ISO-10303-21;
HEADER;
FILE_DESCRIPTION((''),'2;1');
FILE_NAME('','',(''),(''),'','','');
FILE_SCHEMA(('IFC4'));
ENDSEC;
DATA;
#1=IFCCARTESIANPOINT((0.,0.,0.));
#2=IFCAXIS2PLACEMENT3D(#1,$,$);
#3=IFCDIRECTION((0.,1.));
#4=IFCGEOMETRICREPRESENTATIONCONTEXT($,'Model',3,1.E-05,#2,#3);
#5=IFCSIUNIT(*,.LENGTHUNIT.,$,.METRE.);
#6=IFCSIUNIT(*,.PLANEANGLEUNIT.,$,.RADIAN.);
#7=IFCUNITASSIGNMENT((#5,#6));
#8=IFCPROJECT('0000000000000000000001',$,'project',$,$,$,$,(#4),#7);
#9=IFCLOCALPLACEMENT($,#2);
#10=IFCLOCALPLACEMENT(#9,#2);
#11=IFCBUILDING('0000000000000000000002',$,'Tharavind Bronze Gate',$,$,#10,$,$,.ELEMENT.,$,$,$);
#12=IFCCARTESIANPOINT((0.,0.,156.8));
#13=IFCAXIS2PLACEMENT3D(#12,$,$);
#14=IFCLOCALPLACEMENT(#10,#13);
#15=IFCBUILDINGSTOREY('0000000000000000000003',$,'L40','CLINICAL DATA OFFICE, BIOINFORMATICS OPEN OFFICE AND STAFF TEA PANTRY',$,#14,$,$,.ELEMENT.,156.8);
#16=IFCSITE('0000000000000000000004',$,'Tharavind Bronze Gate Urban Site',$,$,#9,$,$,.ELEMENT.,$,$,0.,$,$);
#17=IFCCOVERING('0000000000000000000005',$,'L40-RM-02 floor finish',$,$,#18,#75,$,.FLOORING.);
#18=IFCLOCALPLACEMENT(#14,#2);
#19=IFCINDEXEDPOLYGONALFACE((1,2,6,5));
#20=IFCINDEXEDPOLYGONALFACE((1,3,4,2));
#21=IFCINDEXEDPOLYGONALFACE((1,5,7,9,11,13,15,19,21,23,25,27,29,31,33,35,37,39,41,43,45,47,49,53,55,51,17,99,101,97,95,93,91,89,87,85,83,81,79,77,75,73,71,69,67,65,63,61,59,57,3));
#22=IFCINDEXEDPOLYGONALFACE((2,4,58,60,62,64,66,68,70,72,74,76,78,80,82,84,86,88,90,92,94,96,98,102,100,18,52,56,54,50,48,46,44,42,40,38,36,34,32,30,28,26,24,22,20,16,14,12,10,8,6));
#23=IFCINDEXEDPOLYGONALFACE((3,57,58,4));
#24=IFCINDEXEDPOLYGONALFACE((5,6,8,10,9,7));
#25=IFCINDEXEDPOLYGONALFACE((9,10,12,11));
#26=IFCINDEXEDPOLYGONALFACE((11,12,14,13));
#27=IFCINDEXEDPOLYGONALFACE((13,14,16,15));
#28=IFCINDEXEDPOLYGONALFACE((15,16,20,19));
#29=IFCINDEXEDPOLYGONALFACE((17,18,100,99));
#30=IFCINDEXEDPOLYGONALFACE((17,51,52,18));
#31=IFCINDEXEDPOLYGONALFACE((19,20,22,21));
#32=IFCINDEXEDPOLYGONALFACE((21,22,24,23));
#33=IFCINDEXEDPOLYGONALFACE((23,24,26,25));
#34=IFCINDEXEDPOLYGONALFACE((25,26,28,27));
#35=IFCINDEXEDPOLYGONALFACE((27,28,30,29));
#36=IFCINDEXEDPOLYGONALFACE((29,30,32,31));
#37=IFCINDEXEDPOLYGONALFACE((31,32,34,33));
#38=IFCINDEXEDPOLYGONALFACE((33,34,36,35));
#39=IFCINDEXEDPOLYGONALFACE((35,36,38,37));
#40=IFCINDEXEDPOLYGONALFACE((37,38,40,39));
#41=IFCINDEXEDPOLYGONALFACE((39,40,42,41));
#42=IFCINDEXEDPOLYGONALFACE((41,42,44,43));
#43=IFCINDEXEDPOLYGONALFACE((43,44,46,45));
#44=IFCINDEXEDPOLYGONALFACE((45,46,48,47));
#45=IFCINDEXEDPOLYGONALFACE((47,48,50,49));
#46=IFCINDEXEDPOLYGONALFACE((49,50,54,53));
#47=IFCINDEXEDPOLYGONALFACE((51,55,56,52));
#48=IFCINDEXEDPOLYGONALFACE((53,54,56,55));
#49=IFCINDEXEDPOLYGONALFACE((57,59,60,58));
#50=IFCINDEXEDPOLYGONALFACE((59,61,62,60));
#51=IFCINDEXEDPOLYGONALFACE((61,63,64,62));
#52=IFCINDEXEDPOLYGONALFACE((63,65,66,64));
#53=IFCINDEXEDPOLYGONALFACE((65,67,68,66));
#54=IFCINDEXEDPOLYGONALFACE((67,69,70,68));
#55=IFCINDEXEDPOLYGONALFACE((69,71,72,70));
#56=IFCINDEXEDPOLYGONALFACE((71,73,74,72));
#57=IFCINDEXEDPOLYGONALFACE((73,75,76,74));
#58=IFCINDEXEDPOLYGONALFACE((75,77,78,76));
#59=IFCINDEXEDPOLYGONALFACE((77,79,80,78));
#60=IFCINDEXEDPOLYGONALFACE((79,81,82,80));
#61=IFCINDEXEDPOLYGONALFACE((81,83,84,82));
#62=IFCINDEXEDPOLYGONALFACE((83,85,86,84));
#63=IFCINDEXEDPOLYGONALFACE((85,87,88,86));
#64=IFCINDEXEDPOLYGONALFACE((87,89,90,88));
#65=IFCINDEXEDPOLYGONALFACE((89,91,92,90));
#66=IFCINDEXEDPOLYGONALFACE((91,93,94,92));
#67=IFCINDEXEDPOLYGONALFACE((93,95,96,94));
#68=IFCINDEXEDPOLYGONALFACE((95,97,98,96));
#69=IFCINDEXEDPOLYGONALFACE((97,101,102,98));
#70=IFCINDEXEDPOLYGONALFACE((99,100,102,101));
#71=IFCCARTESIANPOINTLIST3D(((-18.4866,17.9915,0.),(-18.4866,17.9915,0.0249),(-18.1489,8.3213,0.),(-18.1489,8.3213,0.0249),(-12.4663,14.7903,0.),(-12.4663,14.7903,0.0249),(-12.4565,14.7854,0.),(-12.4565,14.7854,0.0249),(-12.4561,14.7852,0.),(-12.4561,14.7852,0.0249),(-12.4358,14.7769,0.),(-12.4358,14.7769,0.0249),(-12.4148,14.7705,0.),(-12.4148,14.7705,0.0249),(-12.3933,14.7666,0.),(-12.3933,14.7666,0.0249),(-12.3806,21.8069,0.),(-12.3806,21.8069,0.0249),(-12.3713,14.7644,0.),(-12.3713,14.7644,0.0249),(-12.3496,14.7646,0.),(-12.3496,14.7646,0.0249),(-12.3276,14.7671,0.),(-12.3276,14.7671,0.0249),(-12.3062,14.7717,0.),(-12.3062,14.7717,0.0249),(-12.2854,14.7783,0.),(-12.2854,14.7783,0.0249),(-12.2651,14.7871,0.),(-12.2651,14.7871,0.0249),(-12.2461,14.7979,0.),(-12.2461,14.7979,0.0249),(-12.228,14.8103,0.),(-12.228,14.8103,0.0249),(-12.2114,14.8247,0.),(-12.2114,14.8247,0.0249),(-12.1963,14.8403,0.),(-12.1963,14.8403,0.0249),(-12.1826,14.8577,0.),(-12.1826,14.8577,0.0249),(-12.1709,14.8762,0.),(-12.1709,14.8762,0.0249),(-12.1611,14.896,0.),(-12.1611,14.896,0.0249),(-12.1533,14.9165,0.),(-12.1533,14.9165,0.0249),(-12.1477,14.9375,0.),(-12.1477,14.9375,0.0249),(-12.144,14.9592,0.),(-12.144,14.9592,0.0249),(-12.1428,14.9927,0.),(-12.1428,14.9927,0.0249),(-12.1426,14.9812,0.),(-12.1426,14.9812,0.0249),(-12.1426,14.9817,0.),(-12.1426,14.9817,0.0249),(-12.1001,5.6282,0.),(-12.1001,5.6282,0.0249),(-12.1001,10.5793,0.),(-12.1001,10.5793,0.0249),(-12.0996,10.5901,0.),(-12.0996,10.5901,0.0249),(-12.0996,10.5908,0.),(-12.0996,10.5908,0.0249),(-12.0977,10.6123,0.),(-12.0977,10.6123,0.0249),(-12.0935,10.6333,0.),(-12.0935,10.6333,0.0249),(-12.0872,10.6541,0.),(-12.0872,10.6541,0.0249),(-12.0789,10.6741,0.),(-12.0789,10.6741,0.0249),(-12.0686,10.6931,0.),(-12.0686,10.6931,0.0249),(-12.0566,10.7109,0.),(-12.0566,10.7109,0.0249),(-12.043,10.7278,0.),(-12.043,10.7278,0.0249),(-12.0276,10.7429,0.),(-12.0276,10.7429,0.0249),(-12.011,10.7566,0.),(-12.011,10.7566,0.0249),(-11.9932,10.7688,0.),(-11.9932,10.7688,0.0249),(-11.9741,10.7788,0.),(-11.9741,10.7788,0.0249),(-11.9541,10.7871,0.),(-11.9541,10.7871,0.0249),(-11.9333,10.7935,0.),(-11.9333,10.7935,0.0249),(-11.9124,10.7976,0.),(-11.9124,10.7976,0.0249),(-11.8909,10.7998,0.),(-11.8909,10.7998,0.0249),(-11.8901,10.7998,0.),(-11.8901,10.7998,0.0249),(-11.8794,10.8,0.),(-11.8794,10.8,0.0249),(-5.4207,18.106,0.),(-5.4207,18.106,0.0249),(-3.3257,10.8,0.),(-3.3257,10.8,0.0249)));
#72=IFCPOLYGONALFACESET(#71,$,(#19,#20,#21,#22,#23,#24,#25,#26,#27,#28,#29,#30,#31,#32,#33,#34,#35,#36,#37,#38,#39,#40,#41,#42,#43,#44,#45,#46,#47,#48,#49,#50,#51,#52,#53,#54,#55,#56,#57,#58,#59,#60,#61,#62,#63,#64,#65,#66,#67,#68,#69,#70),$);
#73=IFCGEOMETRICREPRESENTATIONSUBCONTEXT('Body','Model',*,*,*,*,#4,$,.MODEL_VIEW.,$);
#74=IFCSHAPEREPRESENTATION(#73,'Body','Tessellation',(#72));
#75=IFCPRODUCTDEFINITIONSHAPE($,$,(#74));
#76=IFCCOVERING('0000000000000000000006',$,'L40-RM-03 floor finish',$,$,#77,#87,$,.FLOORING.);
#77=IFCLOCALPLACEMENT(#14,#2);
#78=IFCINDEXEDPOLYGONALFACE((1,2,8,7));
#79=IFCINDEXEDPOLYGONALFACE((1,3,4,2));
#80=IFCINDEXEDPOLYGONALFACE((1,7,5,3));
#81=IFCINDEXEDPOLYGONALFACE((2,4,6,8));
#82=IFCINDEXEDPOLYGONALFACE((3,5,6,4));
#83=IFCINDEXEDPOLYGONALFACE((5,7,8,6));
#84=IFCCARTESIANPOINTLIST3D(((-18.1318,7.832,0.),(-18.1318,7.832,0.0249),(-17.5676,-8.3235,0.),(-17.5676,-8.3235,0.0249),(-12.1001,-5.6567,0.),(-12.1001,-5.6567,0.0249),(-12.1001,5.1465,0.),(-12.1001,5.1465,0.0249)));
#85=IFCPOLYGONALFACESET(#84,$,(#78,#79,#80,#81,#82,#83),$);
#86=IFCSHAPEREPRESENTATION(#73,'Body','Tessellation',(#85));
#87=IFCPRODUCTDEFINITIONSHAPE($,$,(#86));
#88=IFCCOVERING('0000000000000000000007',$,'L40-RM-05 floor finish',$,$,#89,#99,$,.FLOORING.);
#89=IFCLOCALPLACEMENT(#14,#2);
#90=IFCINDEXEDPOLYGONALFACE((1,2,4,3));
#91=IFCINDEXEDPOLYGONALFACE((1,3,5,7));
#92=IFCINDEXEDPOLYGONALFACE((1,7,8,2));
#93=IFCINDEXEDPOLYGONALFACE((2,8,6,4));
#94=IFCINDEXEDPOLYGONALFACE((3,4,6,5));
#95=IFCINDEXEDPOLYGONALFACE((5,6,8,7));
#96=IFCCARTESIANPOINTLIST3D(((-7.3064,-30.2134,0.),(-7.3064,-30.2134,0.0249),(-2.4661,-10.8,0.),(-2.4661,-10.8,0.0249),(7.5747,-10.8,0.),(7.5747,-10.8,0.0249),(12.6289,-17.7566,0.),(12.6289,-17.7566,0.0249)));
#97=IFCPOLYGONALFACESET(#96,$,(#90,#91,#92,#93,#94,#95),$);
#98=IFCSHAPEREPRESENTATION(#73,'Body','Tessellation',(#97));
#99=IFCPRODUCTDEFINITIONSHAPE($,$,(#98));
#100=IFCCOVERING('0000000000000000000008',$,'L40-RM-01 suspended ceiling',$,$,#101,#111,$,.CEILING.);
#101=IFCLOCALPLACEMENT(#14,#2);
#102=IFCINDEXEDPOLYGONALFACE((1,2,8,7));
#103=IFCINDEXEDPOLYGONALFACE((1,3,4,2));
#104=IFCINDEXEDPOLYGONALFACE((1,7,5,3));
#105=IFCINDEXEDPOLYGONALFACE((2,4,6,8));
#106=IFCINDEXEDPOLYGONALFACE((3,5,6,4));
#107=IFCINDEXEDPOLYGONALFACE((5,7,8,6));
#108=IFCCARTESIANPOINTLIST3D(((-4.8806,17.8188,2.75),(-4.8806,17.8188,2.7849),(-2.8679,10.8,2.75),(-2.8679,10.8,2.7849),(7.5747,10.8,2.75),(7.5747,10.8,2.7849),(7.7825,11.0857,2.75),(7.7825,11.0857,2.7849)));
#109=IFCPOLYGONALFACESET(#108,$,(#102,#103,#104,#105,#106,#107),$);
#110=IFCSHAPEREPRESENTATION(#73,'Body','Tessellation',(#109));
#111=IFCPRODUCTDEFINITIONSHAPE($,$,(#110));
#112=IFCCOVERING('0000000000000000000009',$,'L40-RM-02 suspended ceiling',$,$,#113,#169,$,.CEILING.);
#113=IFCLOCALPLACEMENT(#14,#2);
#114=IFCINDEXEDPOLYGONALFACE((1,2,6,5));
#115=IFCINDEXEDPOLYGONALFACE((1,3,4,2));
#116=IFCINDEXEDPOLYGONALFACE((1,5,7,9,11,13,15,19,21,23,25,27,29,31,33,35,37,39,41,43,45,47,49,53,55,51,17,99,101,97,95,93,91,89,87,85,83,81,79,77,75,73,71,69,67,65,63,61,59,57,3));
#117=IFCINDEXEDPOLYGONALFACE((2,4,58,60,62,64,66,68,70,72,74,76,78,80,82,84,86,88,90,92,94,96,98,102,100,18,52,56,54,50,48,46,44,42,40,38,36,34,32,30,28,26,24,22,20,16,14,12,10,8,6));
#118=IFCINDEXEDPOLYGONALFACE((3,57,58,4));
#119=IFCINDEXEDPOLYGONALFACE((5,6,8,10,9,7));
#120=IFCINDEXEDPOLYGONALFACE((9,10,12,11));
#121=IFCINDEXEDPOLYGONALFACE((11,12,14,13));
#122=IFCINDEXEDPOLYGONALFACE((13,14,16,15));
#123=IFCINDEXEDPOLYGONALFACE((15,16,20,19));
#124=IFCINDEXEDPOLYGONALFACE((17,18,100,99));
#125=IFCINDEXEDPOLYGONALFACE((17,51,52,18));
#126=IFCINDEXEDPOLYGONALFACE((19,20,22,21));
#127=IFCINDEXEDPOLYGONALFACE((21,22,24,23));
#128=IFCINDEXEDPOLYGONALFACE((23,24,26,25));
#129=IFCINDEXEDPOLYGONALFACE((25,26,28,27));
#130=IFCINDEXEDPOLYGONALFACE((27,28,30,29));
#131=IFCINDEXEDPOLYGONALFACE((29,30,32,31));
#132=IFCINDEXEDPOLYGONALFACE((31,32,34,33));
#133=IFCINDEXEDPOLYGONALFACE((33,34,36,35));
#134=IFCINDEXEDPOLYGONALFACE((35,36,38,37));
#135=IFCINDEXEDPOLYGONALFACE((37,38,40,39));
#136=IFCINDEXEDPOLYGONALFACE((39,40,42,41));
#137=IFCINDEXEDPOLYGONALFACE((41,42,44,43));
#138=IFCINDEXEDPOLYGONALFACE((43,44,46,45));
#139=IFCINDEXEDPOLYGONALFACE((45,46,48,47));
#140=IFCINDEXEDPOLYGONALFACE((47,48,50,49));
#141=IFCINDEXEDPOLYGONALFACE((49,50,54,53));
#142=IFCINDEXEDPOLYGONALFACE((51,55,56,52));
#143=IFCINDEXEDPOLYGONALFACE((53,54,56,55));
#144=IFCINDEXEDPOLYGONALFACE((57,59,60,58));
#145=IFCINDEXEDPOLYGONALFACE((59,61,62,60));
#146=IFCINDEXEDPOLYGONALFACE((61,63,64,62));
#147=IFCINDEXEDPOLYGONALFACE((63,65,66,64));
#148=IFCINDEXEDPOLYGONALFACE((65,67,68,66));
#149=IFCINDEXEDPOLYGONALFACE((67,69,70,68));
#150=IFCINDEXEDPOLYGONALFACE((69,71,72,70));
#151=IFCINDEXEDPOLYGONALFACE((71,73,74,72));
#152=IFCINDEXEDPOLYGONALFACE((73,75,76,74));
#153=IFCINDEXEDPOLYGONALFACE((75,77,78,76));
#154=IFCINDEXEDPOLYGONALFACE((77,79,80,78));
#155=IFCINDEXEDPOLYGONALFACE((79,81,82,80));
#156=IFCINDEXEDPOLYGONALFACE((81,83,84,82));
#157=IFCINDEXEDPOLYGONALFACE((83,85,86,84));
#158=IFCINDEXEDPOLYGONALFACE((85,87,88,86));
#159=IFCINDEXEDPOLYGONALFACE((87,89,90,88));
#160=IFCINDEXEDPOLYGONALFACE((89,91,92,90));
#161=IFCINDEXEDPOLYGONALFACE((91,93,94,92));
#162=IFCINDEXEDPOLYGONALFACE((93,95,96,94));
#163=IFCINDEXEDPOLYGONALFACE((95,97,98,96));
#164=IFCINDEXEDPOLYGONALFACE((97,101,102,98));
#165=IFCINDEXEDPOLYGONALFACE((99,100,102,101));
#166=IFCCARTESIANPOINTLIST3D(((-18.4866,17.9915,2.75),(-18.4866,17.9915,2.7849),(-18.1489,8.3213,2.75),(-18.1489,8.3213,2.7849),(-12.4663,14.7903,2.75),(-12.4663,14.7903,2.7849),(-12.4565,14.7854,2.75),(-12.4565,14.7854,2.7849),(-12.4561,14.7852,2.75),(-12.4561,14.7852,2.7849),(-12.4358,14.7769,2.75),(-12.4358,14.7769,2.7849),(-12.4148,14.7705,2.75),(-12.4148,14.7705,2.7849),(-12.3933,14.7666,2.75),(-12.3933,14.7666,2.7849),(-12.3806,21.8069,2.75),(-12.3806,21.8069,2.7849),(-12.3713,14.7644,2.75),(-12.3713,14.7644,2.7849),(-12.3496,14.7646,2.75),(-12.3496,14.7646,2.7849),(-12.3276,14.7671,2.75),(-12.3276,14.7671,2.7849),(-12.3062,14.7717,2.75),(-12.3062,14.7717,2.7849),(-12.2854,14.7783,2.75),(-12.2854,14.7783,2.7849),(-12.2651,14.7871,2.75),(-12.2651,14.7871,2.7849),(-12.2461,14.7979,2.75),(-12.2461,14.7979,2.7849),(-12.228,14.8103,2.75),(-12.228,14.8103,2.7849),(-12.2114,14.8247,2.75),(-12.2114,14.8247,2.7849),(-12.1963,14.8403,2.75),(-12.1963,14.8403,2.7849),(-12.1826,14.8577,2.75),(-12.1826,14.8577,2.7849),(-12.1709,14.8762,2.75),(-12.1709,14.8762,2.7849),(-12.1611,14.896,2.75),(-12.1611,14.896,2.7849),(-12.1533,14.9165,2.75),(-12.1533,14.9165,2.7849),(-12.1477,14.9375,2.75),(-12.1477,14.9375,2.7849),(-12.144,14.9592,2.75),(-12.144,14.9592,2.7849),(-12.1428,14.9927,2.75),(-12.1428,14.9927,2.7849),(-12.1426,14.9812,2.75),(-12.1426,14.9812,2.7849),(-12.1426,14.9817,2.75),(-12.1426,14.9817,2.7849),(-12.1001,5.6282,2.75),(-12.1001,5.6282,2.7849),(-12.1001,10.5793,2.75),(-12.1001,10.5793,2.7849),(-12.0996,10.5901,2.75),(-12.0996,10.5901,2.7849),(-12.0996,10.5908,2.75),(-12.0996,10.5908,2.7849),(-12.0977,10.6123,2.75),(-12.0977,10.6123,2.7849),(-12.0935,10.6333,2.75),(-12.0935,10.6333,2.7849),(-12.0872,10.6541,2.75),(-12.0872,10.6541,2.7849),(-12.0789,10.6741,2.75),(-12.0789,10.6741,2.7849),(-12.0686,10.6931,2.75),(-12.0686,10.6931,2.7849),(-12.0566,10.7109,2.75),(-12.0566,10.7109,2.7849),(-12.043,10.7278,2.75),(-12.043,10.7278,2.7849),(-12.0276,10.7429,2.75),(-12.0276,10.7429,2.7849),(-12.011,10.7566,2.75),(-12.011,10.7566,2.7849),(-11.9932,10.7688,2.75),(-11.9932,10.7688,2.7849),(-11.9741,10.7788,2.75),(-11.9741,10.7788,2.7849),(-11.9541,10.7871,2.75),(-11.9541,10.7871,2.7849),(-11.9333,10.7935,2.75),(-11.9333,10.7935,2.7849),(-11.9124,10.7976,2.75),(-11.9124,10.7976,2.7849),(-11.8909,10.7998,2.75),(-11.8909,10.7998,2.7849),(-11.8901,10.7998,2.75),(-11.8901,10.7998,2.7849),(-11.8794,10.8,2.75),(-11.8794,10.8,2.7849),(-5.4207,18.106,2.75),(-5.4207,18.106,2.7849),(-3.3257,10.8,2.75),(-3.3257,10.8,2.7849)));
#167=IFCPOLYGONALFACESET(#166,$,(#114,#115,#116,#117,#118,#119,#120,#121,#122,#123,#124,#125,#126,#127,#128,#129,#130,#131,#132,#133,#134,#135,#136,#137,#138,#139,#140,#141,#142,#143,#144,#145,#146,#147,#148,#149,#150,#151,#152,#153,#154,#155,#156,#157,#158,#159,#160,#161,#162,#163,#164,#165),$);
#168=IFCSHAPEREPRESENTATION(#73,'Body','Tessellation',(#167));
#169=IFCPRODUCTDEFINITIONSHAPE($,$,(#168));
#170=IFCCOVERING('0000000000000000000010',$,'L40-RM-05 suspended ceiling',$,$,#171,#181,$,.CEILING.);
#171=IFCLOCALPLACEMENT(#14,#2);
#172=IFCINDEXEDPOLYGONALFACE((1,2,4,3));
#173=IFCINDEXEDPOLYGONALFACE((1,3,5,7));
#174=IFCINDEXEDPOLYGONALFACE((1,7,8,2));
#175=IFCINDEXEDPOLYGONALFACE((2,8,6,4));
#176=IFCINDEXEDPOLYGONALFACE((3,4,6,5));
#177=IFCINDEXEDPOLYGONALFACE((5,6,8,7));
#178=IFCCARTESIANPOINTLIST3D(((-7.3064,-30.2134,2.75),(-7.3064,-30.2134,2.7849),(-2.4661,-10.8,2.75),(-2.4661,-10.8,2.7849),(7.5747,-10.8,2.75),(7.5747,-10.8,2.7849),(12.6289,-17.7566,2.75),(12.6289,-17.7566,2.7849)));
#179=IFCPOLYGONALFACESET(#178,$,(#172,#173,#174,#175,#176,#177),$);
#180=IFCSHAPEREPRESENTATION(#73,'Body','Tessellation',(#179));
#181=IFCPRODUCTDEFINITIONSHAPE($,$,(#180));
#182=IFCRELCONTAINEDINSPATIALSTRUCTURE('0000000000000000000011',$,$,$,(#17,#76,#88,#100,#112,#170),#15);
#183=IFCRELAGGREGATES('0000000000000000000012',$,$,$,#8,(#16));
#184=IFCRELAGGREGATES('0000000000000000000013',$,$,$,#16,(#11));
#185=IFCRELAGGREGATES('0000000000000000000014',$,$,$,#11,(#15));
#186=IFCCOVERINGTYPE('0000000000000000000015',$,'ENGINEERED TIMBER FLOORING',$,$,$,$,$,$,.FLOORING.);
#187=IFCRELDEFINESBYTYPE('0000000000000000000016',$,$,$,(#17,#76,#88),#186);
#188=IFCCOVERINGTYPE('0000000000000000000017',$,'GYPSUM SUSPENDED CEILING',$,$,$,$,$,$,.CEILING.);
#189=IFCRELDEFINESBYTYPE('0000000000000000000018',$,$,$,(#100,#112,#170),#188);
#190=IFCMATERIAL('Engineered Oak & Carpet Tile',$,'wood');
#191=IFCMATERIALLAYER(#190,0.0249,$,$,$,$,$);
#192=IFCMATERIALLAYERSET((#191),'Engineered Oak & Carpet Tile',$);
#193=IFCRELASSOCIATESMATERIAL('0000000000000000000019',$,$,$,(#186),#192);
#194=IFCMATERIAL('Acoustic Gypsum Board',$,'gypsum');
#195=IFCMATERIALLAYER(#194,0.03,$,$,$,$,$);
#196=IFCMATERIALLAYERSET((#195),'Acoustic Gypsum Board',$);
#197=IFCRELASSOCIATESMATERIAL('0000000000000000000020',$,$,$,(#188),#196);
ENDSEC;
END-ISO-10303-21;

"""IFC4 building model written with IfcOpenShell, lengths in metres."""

from ifc_helpers import new_model, si_unit, direction, frame, origin, place, context, subcontext, project, spatial, polyline, outline, extrude, material, layer, layer_set, type_object, element, save


model = new_model("IFC4")

# Units and contexts
model_context = context("Model", 3, precision=1e-05, world=origin(), true_north=direction((0.0, 1.0)))
body_context = subcontext(model_context, "Body", "Model", "MODEL_VIEW")
ifc_project = project(units=[si_unit("LENGTHUNIT", "METRE"), si_unit("PLANEANGLEUNIT", "RADIAN")], contexts=[model_context])

# Site, building, storey
site_placement = place(None, origin())
site = spatial("IfcSite", under=ifc_project, at=site_placement, Name="Tharavind Bronze Gate Urban Site", CompositionType="ELEMENT", RefElevation=0.0)
building_placement = place(site_placement, origin())
building = spatial("IfcBuilding", under=site, at=building_placement, Name="Tharavind Bronze Gate", CompositionType="ELEMENT")
storey_placement = place(building_placement, frame((0.0, 0.0, 156.8)))
storey = spatial("IfcBuildingStorey", under=building, at=storey_placement, Name="L40", Description="CLINICAL DATA OFFICE, BIOINFORMATICS OPEN OFFICE AND STAFF TEA PANTRY", CompositionType="ELEMENT", Elevation=156.8)

# Coverings
ifc_material_1 = material(Name="Engineered Oak & Carpet Tile", Category="wood")
ifc_layer_1 = layer(ifc_material_1, 0.0249)
ifc_layer_set_1 = layer_set([ifc_layer_1], Name="Engineered Oak & Carpet Tile")
covering_type_1 = type_object("IfcCoveringType", Name="ENGINEERED TIMBER FLOORING", PredefinedType="FLOORING", material=ifc_layer_set_1)
covering_1_placement = place(storey_placement, origin())
element("IfcCovering", 1, at=covering_1_placement, inside=storey, type_object=covering_type_1, Name="L40-RM-02 floor finish", PredefinedType="FLOORING", context=body_context, shape_type="SweptSolid", body=[
    extrude(outline(polyline([(-18.1489, 8.3213), (-12.1001, 5.6282), (-12.1001, 10.5793), (-12.0996, 10.5901), (-12.0996, 10.5908), (-12.0977, 10.6123), (-12.0935, 10.6333), (-12.0872, 10.6541), (-12.0789, 10.6741), (-12.0686, 10.6931), (-12.0566, 10.7109), (-12.043, 10.7278), (-12.0276, 10.7429), (-12.011, 10.7566), (-11.9932, 10.7688), (-11.9741, 10.7788), (-11.9541, 10.7871), (-11.9333, 10.7935), (-11.9124, 10.7976), (-11.8909, 10.7998), (-11.8901, 10.7998), (-11.8794, 10.8), (-3.3257, 10.8), (-5.4207, 18.106), (-12.3806, 21.8069), (-12.1428, 14.9927), (-12.1426, 14.9817), (-12.1426, 14.9812), (-12.144, 14.9592), (-12.1477, 14.9375), (-12.1533, 14.9165), (-12.1611, 14.896), (-12.1709, 14.8762), (-12.1826, 14.8577), (-12.1963, 14.8403), (-12.2114, 14.8247), (-12.228, 14.8103), (-12.2461, 14.7979), (-12.2651, 14.7871), (-12.2854, 14.7783), (-12.3062, 14.7717), (-12.3276, 14.7671), (-12.3496, 14.7646), (-12.3713, 14.7644), (-12.3933, 14.7666), (-12.4148, 14.7705), (-12.4358, 14.7769), (-12.4561, 14.7852), (-12.4565, 14.7854), (-12.4663, 14.7903), (-18.4866, 17.9915), (-18.1489, 8.3213)])), origin(), (0.0, 0.0, 1.0), 0.0249),
])
covering_2_placement = place(storey_placement, origin())
element("IfcCovering", 2, at=covering_2_placement, inside=storey, type_object=covering_type_1, Name="L40-RM-03 floor finish", PredefinedType="FLOORING", context=body_context, shape_type="SweptSolid", body=[
    extrude(outline(polyline([(-17.5676, -8.3235), (-12.1001, -5.6567), (-12.1001, 5.1465), (-18.1318, 7.832), (-17.5676, -8.3235)])), origin(), (0.0, 0.0, 1.0), 0.0249),
])
covering_3_placement = place(storey_placement, origin())
element("IfcCovering", 3, at=covering_3_placement, inside=storey, type_object=covering_type_1, Name="L40-RM-05 floor finish", PredefinedType="FLOORING", context=body_context, shape_type="SweptSolid", body=[
    extrude(outline(polyline([(12.6289, -17.7566), (7.5747, -10.8), (-2.4661, -10.8), (-7.3064, -30.2134), (12.6289, -17.7566)])), origin(), (0.0, 0.0, 1.0), 0.0249),
])
ifc_material_2 = material(Name="Acoustic Gypsum Board", Category="gypsum")
ifc_layer_2 = layer(ifc_material_2, 0.03)
ifc_layer_set_2 = layer_set([ifc_layer_2], Name="Acoustic Gypsum Board")
covering_type_2 = type_object("IfcCoveringType", Name="GYPSUM SUSPENDED CEILING", PredefinedType="CEILING", material=ifc_layer_set_2)
covering_4_placement = place(storey_placement, frame((0.0, 0.0, 2.75)))
element("IfcCovering", 4, at=covering_4_placement, inside=storey, type_object=covering_type_2, Name="L40-RM-01 suspended ceiling", PredefinedType="CEILING", context=body_context, shape_type="SweptSolid", body=[
    extrude(outline(polyline([(-2.8679, 10.8), (7.5747, 10.8), (7.7825, 11.0857), (-4.8806, 17.8188), (-2.8679, 10.8)])), origin(), (0.0, 0.0, 1.0), 0.0349),
])
covering_5_placement = place(storey_placement, frame((0.0, 0.0, 2.75)))
element("IfcCovering", 5, at=covering_5_placement, inside=storey, type_object=covering_type_2, Name="L40-RM-02 suspended ceiling", PredefinedType="CEILING", context=body_context, shape_type="SweptSolid", body=[
    extrude(outline(polyline([(-18.1489, 8.3213), (-12.1001, 5.6282), (-12.1001, 10.5793), (-12.0996, 10.5901), (-12.0996, 10.5908), (-12.0977, 10.6123), (-12.0935, 10.6333), (-12.0872, 10.6541), (-12.0789, 10.6741), (-12.0686, 10.6931), (-12.0566, 10.7109), (-12.043, 10.7278), (-12.0276, 10.7429), (-12.011, 10.7566), (-11.9932, 10.7688), (-11.9741, 10.7788), (-11.9541, 10.7871), (-11.9333, 10.7935), (-11.9124, 10.7976), (-11.8909, 10.7998), (-11.8901, 10.7998), (-11.8794, 10.8), (-3.3257, 10.8), (-5.4207, 18.106), (-12.3806, 21.8069), (-12.1428, 14.9927), (-12.1426, 14.9817), (-12.1426, 14.9812), (-12.144, 14.9592), (-12.1477, 14.9375), (-12.1533, 14.9165), (-12.1611, 14.896), (-12.1709, 14.8762), (-12.1826, 14.8577), (-12.1963, 14.8403), (-12.2114, 14.8247), (-12.228, 14.8103), (-12.2461, 14.7979), (-12.2651, 14.7871), (-12.2854, 14.7783), (-12.3062, 14.7717), (-12.3276, 14.7671), (-12.3496, 14.7646), (-12.3713, 14.7644), (-12.3933, 14.7666), (-12.4148, 14.7705), (-12.4358, 14.7769), (-12.4561, 14.7852), (-12.4565, 14.7854), (-12.4663, 14.7903), (-18.4866, 17.9915), (-18.1489, 8.3213)])), origin(), (0.0, 0.0, 1.0), 0.0349),
])
covering_6_placement = place(storey_placement, frame((0.0, 0.0, 2.75)))
element("IfcCovering", 6, at=covering_6_placement, inside=storey, type_object=covering_type_2, Name="L40-RM-05 suspended ceiling", PredefinedType="CEILING", context=body_context, shape_type="SweptSolid", body=[
    extrude(outline(polyline([(12.6289, -17.7566), (7.5747, -10.8), (-2.4661, -10.8), (-7.3064, -30.2134), (12.6289, -17.7566)])), origin(), (0.0, 0.0, 1.0), 0.0349),
])

save(model, "model.ifc")
